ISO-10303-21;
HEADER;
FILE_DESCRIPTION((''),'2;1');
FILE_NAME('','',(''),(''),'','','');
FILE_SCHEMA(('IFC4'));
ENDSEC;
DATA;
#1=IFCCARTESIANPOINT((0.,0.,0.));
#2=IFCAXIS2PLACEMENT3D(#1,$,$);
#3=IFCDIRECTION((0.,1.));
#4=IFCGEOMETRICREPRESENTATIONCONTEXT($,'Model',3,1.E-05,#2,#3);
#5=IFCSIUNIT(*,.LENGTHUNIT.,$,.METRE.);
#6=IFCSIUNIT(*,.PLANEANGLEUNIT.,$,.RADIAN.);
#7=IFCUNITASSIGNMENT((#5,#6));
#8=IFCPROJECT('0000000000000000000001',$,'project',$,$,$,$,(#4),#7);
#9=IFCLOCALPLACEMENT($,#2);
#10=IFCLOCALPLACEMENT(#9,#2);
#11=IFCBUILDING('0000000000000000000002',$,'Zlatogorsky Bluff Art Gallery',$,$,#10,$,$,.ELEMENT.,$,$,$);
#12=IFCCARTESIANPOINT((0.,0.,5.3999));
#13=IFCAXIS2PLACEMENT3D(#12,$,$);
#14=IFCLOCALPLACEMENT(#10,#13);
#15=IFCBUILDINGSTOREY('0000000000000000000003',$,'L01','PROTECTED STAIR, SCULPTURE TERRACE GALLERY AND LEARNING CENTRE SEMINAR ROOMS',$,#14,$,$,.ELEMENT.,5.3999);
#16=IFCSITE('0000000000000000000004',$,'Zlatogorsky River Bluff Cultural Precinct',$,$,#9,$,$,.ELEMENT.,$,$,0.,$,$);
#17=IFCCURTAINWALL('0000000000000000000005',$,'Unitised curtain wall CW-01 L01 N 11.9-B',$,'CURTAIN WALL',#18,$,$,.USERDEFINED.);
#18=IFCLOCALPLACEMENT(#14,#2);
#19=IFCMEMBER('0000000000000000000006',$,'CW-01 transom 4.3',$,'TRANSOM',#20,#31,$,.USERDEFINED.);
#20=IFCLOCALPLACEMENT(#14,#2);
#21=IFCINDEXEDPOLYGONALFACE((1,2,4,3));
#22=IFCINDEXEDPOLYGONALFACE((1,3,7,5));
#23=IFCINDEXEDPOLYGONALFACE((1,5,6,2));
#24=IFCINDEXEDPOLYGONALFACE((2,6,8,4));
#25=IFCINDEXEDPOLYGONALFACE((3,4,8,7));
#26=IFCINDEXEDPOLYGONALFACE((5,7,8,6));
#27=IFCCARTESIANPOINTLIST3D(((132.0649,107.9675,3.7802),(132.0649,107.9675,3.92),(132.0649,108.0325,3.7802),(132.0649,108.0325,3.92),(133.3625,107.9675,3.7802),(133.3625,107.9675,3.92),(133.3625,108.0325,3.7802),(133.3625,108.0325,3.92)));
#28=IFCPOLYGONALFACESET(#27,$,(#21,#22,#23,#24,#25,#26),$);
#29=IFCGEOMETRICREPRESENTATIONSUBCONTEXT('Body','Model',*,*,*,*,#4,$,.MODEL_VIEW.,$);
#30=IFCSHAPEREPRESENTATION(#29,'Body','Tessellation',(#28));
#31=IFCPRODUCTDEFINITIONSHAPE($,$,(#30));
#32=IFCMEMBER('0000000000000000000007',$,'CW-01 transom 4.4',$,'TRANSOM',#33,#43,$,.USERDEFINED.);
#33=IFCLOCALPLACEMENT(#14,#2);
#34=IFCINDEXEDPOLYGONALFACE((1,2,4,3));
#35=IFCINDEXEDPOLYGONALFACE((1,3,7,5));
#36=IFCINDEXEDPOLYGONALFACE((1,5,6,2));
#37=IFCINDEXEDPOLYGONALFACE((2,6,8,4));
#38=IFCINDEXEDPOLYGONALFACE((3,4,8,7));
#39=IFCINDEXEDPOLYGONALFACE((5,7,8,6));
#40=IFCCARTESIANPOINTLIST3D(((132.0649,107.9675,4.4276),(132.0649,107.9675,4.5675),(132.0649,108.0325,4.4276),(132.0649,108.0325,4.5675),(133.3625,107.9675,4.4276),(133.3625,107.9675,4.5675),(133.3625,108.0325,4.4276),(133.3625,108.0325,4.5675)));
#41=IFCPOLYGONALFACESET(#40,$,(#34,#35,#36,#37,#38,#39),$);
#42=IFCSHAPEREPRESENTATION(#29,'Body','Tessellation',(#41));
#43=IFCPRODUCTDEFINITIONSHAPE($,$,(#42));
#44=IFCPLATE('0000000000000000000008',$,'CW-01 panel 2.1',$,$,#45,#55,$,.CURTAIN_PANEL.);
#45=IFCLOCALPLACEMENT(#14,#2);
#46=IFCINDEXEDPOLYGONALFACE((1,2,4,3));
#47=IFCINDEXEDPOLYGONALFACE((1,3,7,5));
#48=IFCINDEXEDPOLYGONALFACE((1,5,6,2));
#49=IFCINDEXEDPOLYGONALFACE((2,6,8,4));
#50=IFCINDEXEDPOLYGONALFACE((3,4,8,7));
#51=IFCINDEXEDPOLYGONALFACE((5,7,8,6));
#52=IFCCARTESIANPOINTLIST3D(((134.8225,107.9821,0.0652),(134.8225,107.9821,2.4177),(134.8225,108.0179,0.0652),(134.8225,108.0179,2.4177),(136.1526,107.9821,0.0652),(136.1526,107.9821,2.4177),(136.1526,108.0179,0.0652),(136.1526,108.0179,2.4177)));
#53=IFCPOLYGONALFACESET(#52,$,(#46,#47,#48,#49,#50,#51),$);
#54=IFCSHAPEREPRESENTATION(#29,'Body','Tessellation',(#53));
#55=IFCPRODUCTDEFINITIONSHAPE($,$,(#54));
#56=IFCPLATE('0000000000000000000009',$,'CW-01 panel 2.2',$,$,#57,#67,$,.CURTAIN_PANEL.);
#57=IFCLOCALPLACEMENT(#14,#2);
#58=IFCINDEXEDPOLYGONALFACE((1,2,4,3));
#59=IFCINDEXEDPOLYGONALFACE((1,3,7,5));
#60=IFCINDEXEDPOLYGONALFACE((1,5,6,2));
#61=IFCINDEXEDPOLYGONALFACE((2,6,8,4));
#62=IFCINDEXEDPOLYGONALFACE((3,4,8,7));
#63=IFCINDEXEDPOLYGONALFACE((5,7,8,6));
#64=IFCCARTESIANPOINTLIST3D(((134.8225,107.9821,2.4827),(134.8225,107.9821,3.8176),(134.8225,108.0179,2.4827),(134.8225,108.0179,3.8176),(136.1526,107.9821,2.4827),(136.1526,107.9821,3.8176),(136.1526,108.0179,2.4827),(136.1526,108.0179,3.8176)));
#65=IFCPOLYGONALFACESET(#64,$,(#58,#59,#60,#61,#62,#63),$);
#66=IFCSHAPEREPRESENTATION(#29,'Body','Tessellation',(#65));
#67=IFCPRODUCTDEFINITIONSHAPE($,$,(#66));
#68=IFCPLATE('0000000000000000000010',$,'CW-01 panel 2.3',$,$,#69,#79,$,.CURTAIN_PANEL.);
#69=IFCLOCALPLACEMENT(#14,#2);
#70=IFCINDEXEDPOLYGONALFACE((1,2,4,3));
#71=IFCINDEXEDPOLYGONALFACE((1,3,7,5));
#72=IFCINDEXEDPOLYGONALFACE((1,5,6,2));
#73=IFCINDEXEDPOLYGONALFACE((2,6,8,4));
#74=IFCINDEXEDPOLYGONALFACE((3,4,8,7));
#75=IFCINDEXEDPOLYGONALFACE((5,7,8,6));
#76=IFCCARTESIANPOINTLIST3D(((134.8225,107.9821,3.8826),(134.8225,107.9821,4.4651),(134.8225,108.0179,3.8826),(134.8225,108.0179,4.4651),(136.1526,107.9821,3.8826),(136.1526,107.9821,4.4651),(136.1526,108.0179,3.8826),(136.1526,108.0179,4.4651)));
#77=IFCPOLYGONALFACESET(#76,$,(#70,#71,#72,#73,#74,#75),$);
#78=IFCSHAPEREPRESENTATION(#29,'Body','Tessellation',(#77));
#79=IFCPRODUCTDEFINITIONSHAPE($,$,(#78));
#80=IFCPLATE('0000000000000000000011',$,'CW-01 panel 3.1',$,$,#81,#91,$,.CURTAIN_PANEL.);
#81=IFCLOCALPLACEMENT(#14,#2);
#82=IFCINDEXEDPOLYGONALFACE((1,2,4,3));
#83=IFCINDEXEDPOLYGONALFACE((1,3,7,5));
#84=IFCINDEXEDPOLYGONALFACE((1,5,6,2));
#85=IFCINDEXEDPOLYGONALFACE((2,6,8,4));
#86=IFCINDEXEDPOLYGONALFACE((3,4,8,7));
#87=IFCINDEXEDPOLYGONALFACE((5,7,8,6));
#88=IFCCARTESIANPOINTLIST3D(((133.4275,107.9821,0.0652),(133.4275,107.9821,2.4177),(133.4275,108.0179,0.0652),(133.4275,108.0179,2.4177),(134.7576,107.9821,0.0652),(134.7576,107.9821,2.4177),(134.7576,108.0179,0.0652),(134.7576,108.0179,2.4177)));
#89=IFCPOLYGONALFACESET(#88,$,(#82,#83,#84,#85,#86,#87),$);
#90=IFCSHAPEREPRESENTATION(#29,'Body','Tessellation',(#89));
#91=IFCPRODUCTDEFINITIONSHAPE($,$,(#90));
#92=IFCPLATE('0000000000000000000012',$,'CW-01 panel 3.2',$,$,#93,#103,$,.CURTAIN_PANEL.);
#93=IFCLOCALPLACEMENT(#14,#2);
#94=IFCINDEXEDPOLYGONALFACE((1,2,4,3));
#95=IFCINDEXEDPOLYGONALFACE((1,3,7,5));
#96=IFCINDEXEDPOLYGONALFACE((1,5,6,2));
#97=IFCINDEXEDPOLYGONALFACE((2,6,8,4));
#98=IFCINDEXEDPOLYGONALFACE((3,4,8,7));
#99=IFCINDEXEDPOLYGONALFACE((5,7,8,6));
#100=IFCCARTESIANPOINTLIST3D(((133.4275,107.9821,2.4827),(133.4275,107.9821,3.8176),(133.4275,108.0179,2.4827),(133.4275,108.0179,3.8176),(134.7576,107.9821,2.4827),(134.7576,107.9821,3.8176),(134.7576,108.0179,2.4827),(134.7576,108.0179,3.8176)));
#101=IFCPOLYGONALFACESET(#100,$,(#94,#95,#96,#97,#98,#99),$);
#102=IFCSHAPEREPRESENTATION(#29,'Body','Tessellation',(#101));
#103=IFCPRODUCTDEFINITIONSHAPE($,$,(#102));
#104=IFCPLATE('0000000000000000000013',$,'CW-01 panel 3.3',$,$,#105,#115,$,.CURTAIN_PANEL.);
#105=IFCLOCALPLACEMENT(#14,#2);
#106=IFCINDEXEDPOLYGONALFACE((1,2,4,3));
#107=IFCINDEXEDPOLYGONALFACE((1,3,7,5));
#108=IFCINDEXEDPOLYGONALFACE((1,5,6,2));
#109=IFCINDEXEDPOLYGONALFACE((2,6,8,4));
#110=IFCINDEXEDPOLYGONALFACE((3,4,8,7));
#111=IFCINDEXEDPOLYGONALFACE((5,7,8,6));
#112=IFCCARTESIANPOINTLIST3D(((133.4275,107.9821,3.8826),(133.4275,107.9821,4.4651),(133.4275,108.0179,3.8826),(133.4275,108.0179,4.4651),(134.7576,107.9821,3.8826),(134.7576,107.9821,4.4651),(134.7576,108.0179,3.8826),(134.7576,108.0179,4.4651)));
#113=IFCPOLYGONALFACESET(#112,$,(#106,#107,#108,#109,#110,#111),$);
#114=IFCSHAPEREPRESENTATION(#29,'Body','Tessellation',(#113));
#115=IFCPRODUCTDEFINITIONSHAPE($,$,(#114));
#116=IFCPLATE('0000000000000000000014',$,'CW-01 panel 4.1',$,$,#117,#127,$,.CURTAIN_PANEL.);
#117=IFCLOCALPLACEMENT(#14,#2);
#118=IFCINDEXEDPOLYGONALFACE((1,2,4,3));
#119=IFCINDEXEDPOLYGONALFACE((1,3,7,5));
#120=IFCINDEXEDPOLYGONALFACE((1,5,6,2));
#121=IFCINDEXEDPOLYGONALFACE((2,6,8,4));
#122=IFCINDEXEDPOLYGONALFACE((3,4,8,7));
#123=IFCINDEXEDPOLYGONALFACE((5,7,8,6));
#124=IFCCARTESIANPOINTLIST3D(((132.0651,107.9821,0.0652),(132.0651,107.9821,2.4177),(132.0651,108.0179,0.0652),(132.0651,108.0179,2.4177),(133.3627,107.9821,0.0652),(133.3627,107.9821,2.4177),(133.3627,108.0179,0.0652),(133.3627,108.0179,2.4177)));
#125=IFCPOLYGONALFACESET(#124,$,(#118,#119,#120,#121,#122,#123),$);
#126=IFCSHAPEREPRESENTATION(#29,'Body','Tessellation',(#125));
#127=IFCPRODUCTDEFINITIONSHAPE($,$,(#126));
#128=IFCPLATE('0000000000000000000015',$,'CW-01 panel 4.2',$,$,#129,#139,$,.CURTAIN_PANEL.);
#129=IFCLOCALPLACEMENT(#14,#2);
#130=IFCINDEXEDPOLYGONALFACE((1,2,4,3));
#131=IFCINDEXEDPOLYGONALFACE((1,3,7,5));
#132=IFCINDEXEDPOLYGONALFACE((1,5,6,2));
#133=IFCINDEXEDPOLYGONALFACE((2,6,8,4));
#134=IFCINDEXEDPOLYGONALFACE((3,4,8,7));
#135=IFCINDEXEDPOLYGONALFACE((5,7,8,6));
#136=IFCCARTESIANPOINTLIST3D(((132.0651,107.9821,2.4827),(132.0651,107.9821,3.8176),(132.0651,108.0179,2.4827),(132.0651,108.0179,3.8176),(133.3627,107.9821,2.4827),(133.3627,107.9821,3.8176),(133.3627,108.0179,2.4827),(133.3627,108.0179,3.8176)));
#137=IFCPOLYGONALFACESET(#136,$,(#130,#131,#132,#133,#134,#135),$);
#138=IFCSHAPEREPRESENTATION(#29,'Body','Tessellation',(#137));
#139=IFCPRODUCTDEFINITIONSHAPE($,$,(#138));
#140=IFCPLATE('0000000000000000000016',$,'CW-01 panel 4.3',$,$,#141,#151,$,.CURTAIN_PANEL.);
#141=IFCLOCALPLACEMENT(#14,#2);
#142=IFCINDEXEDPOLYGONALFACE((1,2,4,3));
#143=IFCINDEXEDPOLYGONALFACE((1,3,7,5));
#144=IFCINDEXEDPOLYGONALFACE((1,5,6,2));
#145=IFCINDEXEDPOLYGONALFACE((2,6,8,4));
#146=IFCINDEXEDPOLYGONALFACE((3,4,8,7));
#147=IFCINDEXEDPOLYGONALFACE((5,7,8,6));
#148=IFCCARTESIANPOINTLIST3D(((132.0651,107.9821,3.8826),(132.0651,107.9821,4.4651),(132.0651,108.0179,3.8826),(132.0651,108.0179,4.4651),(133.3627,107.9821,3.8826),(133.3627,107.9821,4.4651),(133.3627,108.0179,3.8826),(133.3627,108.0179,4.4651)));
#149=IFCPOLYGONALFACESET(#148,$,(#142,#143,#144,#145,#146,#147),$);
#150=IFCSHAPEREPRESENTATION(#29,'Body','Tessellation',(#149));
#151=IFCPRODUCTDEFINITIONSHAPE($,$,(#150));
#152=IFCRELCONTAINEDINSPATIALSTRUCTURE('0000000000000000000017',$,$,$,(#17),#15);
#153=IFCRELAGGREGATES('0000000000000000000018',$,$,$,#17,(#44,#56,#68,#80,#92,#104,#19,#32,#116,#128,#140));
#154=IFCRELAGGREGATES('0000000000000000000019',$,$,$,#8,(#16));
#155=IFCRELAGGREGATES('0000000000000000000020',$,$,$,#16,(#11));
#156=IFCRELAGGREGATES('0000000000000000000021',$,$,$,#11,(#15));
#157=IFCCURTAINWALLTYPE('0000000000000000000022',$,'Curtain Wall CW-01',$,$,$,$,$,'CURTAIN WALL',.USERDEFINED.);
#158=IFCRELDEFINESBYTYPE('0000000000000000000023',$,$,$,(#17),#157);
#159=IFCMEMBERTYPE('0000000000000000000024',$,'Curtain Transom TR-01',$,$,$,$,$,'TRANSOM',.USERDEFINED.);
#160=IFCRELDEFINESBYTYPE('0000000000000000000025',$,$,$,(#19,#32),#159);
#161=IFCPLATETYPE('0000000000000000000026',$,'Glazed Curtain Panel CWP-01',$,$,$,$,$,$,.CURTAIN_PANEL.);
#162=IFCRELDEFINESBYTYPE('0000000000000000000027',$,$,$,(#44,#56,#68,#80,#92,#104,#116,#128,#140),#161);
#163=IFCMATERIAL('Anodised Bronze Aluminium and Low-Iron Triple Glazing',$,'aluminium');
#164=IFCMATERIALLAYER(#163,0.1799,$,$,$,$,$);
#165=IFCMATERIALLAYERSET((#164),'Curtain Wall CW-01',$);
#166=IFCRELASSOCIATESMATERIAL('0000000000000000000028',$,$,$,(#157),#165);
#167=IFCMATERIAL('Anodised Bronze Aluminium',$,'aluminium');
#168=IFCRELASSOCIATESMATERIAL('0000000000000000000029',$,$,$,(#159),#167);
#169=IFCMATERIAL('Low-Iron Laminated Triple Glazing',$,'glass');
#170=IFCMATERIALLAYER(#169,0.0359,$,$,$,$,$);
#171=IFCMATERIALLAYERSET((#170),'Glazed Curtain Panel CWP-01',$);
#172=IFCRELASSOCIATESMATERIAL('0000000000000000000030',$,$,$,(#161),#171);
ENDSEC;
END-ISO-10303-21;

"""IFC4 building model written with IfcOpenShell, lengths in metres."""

from ifc_helpers import new_model, si_unit, direction, frame, origin, origin_2d, place, context, subcontext, project, spatial, rectangle, extrude, material, layer, layer_set, material_profile, profile_set, type_object, element, aggregate, save


model = new_model("IFC4")

# Units and contexts
model_context = context("Model", 3, precision=1e-05, world=origin(), true_north=direction((0.0, 1.0)))
body_context = subcontext(model_context, "Body", "Model", "MODEL_VIEW")
ifc_project = project(units=[si_unit("LENGTHUNIT", "METRE"), si_unit("PLANEANGLEUNIT", "RADIAN")], contexts=[model_context])

# Site, building, storey
site_placement = place(None, origin())
site = spatial("IfcSite", under=ifc_project, at=site_placement, Name="Zlatogorsky River Bluff Cultural Precinct", CompositionType="ELEMENT", RefElevation=0.0)
building_placement = place(site_placement, origin())
building = spatial("IfcBuilding", under=site, at=building_placement, Name="Zlatogorsky Bluff Art Gallery", CompositionType="ELEMENT")
storey_placement = place(building_placement, frame((0.0, 0.0, 5.3999)))
storey = spatial("IfcBuildingStorey", under=building, at=storey_placement, Name="L01", Description="PROTECTED STAIR, SCULPTURE TERRACE GALLERY AND LEARNING CENTRE SEMINAR ROOMS", CompositionType="ELEMENT", Elevation=5.3999)

# Curtain wall, members, plates
ifc_material_1 = material(Name="Anodised Bronze Aluminium and Low-Iron Triple Glazing", Category="aluminium")
ifc_layer_1 = layer(ifc_material_1, 0.1799)
ifc_layer_set_1 = layer_set([ifc_layer_1], Name="Curtain Wall CW-01")
curtain_wall_type = type_object("IfcCurtainWallType", Name="Curtain Wall CW-01", ElementType="CURTAIN WALL", PredefinedType="USERDEFINED", material=ifc_layer_set_1)
curtain_wall_placement = place(storey_placement, origin())
curtain_wall = element("IfcCurtainWall", 1, at=curtain_wall_placement, inside=storey, type_object=curtain_wall_type, Name="Unitised curtain wall CW-01 L01 N 11.9-B", ObjectType="CURTAIN WALL", PredefinedType="USERDEFINED")
ifc_material_2 = material(Name="Anodised Bronze Aluminium", Category="aluminium")
ifc_material_profile_1 = material_profile(ifc_material_2, rectangle(XDim=0.0649, YDim=0.1399, at=origin_2d()), Name="ALU TRANSOM 65x140")
ifc_profile_set_1 = profile_set([ifc_material_profile_1], Name="Anodised Bronze Aluminium")
member_type_1 = type_object("IfcMemberType", Name="Curtain Transom TR-01", ElementType="TRANSOM", PredefinedType="USERDEFINED", material=ifc_profile_set_1)
member_1_placement = place(storey_placement, frame((133.3625, 108.0, 3.8501), z_axis=(-1.0, 0.0, 0.0), x_axis=(0.0, -1.0, 0.0)))
member_1 = element("IfcMember", 2, at=member_1_placement, type_object=member_type_1, Name="CW-01 transom 4.3", ObjectType="TRANSOM", PredefinedType="USERDEFINED", context=body_context, shape_type="SweptSolid", body=[
    extrude(rectangle(XDim=0.0649, YDim=0.1399, at=origin_2d()), origin(), (0.0, 0.0, 1.0), 1.2976),
])
member_2_placement = place(storey_placement, frame((133.3625, 108.0, 4.4976), z_axis=(-1.0, 0.0, 0.0), x_axis=(0.0, -1.0, 0.0)))
member_2 = element("IfcMember", 3, at=member_2_placement, type_object=member_type_1, Name="CW-01 transom 4.4", ObjectType="TRANSOM", PredefinedType="USERDEFINED", context=body_context, shape_type="SweptSolid", body=[
    extrude(rectangle(XDim=0.0649, YDim=0.1399, at=origin_2d()), origin(), (0.0, 0.0, 1.0), 1.2976),
])
ifc_material_3 = material(Name="Low-Iron Laminated Triple Glazing", Category="glass")
ifc_layer_2 = layer(ifc_material_3, 0.0359)
ifc_layer_set_2 = layer_set([ifc_layer_2], Name="Glazed Curtain Panel CWP-01")
plate_type = type_object("IfcPlateType", Name="Glazed Curtain Panel CWP-01", PredefinedType="CURTAIN_PANEL", material=ifc_layer_set_2)
plate_1_placement = place(storey_placement, frame((135.4875, 108.0, 0.0652), z_axis=(0.0, 0.0, 1.0), x_axis=(-1.0, 0.0, 0.0)))
plate_1 = element("IfcPlate", 4, at=plate_1_placement, type_object=plate_type, Name="CW-01 panel 2.1", PredefinedType="CURTAIN_PANEL", context=body_context, shape_type="SweptSolid", body=[
    extrude(rectangle(XDim=1.3301, YDim=0.0359, at=origin_2d()), origin(), (0.0, 0.0, 1.0), 2.3525),
])
plate_2_placement = place(storey_placement, frame((135.4875, 108.0, 2.4827), z_axis=(0.0, 0.0, 1.0), x_axis=(-1.0, 0.0, 0.0)))
plate_2 = element("IfcPlate", 5, at=plate_2_placement, type_object=plate_type, Name="CW-01 panel 2.2", PredefinedType="CURTAIN_PANEL", context=body_context, shape_type="SweptSolid", body=[
    extrude(rectangle(XDim=1.3301, YDim=0.0359, at=origin_2d()), origin(), (0.0, 0.0, 1.0), 1.335),
])
plate_3_placement = place(storey_placement, frame((135.4875, 108.0, 3.8826), z_axis=(0.0, 0.0, 1.0), x_axis=(-1.0, 0.0, 0.0)))
plate_3 = element("IfcPlate", 6, at=plate_3_placement, type_object=plate_type, Name="CW-01 panel 2.3", PredefinedType="CURTAIN_PANEL", context=body_context, shape_type="SweptSolid", body=[
    extrude(rectangle(XDim=1.3301, YDim=0.0359, at=origin_2d()), origin(), (0.0, 0.0, 1.0), 0.5825),
])
plate_4_placement = place(storey_placement, frame((134.0925, 108.0, 0.0652), z_axis=(0.0, 0.0, 1.0), x_axis=(-1.0, 0.0, 0.0)))
plate_4 = element("IfcPlate", 7, at=plate_4_placement, type_object=plate_type, Name="CW-01 panel 3.1", PredefinedType="CURTAIN_PANEL", context=body_context, shape_type="SweptSolid", body=[
    extrude(rectangle(XDim=1.3301, YDim=0.0359, at=origin_2d()), origin(), (0.0, 0.0, 1.0), 2.3525),
])
plate_5_placement = place(storey_placement, frame((134.0925, 108.0, 2.4827), z_axis=(0.0, 0.0, 1.0), x_axis=(-1.0, 0.0, 0.0)))
plate_5 = element("IfcPlate", 8, at=plate_5_placement, type_object=plate_type, Name="CW-01 panel 3.2", PredefinedType="CURTAIN_PANEL", context=body_context, shape_type="SweptSolid", body=[
    extrude(rectangle(XDim=1.3301, YDim=0.0359, at=origin_2d()), origin(), (0.0, 0.0, 1.0), 1.335),
])
plate_6_placement = place(storey_placement, frame((134.0925, 108.0, 3.8826), z_axis=(0.0, 0.0, 1.0), x_axis=(-1.0, 0.0, 0.0)))
plate_6 = element("IfcPlate", 9, at=plate_6_placement, type_object=plate_type, Name="CW-01 panel 3.3", PredefinedType="CURTAIN_PANEL", context=body_context, shape_type="SweptSolid", body=[
    extrude(rectangle(XDim=1.3301, YDim=0.0359, at=origin_2d()), origin(), (0.0, 0.0, 1.0), 0.5825),
])
plate_7_placement = place(storey_placement, frame((132.7139, 108.0, 0.0652), z_axis=(0.0, 0.0, 1.0), x_axis=(-1.0, 0.0, 0.0)))
plate_7 = element("IfcPlate", 10, at=plate_7_placement, type_object=plate_type, Name="CW-01 panel 4.1", PredefinedType="CURTAIN_PANEL", context=body_context, shape_type="SweptSolid", body=[
    extrude(rectangle(XDim=1.2976, YDim=0.0359, at=origin_2d()), origin(), (0.0, 0.0, 1.0), 2.3525),
])
plate_8_placement = place(storey_placement, frame((132.7139, 108.0, 2.4827), z_axis=(0.0, 0.0, 1.0), x_axis=(-1.0, 0.0, 0.0)))
plate_8 = element("IfcPlate", 11, at=plate_8_placement, type_object=plate_type, Name="CW-01 panel 4.2", PredefinedType="CURTAIN_PANEL", context=body_context, shape_type="SweptSolid", body=[
    extrude(rectangle(XDim=1.2976, YDim=0.0359, at=origin_2d()), origin(), (0.0, 0.0, 1.0), 1.335),
])
plate_9_placement = place(storey_placement, frame((132.7139, 108.0, 3.8826), z_axis=(0.0, 0.0, 1.0), x_axis=(-1.0, 0.0, 0.0)))
plate_9 = element("IfcPlate", 12, at=plate_9_placement, type_object=plate_type, Name="CW-01 panel 4.3", PredefinedType="CURTAIN_PANEL", context=body_context, shape_type="SweptSolid", body=[
    extrude(rectangle(XDim=1.2976, YDim=0.0359, at=origin_2d()), origin(), (0.0, 0.0, 1.0), 0.5825),
])
aggregate(curtain_wall, [plate_1, plate_2, plate_3, plate_4, plate_5, plate_6, member_1, member_2, plate_7, plate_8, plate_9])

save(model, "model.ifc")
